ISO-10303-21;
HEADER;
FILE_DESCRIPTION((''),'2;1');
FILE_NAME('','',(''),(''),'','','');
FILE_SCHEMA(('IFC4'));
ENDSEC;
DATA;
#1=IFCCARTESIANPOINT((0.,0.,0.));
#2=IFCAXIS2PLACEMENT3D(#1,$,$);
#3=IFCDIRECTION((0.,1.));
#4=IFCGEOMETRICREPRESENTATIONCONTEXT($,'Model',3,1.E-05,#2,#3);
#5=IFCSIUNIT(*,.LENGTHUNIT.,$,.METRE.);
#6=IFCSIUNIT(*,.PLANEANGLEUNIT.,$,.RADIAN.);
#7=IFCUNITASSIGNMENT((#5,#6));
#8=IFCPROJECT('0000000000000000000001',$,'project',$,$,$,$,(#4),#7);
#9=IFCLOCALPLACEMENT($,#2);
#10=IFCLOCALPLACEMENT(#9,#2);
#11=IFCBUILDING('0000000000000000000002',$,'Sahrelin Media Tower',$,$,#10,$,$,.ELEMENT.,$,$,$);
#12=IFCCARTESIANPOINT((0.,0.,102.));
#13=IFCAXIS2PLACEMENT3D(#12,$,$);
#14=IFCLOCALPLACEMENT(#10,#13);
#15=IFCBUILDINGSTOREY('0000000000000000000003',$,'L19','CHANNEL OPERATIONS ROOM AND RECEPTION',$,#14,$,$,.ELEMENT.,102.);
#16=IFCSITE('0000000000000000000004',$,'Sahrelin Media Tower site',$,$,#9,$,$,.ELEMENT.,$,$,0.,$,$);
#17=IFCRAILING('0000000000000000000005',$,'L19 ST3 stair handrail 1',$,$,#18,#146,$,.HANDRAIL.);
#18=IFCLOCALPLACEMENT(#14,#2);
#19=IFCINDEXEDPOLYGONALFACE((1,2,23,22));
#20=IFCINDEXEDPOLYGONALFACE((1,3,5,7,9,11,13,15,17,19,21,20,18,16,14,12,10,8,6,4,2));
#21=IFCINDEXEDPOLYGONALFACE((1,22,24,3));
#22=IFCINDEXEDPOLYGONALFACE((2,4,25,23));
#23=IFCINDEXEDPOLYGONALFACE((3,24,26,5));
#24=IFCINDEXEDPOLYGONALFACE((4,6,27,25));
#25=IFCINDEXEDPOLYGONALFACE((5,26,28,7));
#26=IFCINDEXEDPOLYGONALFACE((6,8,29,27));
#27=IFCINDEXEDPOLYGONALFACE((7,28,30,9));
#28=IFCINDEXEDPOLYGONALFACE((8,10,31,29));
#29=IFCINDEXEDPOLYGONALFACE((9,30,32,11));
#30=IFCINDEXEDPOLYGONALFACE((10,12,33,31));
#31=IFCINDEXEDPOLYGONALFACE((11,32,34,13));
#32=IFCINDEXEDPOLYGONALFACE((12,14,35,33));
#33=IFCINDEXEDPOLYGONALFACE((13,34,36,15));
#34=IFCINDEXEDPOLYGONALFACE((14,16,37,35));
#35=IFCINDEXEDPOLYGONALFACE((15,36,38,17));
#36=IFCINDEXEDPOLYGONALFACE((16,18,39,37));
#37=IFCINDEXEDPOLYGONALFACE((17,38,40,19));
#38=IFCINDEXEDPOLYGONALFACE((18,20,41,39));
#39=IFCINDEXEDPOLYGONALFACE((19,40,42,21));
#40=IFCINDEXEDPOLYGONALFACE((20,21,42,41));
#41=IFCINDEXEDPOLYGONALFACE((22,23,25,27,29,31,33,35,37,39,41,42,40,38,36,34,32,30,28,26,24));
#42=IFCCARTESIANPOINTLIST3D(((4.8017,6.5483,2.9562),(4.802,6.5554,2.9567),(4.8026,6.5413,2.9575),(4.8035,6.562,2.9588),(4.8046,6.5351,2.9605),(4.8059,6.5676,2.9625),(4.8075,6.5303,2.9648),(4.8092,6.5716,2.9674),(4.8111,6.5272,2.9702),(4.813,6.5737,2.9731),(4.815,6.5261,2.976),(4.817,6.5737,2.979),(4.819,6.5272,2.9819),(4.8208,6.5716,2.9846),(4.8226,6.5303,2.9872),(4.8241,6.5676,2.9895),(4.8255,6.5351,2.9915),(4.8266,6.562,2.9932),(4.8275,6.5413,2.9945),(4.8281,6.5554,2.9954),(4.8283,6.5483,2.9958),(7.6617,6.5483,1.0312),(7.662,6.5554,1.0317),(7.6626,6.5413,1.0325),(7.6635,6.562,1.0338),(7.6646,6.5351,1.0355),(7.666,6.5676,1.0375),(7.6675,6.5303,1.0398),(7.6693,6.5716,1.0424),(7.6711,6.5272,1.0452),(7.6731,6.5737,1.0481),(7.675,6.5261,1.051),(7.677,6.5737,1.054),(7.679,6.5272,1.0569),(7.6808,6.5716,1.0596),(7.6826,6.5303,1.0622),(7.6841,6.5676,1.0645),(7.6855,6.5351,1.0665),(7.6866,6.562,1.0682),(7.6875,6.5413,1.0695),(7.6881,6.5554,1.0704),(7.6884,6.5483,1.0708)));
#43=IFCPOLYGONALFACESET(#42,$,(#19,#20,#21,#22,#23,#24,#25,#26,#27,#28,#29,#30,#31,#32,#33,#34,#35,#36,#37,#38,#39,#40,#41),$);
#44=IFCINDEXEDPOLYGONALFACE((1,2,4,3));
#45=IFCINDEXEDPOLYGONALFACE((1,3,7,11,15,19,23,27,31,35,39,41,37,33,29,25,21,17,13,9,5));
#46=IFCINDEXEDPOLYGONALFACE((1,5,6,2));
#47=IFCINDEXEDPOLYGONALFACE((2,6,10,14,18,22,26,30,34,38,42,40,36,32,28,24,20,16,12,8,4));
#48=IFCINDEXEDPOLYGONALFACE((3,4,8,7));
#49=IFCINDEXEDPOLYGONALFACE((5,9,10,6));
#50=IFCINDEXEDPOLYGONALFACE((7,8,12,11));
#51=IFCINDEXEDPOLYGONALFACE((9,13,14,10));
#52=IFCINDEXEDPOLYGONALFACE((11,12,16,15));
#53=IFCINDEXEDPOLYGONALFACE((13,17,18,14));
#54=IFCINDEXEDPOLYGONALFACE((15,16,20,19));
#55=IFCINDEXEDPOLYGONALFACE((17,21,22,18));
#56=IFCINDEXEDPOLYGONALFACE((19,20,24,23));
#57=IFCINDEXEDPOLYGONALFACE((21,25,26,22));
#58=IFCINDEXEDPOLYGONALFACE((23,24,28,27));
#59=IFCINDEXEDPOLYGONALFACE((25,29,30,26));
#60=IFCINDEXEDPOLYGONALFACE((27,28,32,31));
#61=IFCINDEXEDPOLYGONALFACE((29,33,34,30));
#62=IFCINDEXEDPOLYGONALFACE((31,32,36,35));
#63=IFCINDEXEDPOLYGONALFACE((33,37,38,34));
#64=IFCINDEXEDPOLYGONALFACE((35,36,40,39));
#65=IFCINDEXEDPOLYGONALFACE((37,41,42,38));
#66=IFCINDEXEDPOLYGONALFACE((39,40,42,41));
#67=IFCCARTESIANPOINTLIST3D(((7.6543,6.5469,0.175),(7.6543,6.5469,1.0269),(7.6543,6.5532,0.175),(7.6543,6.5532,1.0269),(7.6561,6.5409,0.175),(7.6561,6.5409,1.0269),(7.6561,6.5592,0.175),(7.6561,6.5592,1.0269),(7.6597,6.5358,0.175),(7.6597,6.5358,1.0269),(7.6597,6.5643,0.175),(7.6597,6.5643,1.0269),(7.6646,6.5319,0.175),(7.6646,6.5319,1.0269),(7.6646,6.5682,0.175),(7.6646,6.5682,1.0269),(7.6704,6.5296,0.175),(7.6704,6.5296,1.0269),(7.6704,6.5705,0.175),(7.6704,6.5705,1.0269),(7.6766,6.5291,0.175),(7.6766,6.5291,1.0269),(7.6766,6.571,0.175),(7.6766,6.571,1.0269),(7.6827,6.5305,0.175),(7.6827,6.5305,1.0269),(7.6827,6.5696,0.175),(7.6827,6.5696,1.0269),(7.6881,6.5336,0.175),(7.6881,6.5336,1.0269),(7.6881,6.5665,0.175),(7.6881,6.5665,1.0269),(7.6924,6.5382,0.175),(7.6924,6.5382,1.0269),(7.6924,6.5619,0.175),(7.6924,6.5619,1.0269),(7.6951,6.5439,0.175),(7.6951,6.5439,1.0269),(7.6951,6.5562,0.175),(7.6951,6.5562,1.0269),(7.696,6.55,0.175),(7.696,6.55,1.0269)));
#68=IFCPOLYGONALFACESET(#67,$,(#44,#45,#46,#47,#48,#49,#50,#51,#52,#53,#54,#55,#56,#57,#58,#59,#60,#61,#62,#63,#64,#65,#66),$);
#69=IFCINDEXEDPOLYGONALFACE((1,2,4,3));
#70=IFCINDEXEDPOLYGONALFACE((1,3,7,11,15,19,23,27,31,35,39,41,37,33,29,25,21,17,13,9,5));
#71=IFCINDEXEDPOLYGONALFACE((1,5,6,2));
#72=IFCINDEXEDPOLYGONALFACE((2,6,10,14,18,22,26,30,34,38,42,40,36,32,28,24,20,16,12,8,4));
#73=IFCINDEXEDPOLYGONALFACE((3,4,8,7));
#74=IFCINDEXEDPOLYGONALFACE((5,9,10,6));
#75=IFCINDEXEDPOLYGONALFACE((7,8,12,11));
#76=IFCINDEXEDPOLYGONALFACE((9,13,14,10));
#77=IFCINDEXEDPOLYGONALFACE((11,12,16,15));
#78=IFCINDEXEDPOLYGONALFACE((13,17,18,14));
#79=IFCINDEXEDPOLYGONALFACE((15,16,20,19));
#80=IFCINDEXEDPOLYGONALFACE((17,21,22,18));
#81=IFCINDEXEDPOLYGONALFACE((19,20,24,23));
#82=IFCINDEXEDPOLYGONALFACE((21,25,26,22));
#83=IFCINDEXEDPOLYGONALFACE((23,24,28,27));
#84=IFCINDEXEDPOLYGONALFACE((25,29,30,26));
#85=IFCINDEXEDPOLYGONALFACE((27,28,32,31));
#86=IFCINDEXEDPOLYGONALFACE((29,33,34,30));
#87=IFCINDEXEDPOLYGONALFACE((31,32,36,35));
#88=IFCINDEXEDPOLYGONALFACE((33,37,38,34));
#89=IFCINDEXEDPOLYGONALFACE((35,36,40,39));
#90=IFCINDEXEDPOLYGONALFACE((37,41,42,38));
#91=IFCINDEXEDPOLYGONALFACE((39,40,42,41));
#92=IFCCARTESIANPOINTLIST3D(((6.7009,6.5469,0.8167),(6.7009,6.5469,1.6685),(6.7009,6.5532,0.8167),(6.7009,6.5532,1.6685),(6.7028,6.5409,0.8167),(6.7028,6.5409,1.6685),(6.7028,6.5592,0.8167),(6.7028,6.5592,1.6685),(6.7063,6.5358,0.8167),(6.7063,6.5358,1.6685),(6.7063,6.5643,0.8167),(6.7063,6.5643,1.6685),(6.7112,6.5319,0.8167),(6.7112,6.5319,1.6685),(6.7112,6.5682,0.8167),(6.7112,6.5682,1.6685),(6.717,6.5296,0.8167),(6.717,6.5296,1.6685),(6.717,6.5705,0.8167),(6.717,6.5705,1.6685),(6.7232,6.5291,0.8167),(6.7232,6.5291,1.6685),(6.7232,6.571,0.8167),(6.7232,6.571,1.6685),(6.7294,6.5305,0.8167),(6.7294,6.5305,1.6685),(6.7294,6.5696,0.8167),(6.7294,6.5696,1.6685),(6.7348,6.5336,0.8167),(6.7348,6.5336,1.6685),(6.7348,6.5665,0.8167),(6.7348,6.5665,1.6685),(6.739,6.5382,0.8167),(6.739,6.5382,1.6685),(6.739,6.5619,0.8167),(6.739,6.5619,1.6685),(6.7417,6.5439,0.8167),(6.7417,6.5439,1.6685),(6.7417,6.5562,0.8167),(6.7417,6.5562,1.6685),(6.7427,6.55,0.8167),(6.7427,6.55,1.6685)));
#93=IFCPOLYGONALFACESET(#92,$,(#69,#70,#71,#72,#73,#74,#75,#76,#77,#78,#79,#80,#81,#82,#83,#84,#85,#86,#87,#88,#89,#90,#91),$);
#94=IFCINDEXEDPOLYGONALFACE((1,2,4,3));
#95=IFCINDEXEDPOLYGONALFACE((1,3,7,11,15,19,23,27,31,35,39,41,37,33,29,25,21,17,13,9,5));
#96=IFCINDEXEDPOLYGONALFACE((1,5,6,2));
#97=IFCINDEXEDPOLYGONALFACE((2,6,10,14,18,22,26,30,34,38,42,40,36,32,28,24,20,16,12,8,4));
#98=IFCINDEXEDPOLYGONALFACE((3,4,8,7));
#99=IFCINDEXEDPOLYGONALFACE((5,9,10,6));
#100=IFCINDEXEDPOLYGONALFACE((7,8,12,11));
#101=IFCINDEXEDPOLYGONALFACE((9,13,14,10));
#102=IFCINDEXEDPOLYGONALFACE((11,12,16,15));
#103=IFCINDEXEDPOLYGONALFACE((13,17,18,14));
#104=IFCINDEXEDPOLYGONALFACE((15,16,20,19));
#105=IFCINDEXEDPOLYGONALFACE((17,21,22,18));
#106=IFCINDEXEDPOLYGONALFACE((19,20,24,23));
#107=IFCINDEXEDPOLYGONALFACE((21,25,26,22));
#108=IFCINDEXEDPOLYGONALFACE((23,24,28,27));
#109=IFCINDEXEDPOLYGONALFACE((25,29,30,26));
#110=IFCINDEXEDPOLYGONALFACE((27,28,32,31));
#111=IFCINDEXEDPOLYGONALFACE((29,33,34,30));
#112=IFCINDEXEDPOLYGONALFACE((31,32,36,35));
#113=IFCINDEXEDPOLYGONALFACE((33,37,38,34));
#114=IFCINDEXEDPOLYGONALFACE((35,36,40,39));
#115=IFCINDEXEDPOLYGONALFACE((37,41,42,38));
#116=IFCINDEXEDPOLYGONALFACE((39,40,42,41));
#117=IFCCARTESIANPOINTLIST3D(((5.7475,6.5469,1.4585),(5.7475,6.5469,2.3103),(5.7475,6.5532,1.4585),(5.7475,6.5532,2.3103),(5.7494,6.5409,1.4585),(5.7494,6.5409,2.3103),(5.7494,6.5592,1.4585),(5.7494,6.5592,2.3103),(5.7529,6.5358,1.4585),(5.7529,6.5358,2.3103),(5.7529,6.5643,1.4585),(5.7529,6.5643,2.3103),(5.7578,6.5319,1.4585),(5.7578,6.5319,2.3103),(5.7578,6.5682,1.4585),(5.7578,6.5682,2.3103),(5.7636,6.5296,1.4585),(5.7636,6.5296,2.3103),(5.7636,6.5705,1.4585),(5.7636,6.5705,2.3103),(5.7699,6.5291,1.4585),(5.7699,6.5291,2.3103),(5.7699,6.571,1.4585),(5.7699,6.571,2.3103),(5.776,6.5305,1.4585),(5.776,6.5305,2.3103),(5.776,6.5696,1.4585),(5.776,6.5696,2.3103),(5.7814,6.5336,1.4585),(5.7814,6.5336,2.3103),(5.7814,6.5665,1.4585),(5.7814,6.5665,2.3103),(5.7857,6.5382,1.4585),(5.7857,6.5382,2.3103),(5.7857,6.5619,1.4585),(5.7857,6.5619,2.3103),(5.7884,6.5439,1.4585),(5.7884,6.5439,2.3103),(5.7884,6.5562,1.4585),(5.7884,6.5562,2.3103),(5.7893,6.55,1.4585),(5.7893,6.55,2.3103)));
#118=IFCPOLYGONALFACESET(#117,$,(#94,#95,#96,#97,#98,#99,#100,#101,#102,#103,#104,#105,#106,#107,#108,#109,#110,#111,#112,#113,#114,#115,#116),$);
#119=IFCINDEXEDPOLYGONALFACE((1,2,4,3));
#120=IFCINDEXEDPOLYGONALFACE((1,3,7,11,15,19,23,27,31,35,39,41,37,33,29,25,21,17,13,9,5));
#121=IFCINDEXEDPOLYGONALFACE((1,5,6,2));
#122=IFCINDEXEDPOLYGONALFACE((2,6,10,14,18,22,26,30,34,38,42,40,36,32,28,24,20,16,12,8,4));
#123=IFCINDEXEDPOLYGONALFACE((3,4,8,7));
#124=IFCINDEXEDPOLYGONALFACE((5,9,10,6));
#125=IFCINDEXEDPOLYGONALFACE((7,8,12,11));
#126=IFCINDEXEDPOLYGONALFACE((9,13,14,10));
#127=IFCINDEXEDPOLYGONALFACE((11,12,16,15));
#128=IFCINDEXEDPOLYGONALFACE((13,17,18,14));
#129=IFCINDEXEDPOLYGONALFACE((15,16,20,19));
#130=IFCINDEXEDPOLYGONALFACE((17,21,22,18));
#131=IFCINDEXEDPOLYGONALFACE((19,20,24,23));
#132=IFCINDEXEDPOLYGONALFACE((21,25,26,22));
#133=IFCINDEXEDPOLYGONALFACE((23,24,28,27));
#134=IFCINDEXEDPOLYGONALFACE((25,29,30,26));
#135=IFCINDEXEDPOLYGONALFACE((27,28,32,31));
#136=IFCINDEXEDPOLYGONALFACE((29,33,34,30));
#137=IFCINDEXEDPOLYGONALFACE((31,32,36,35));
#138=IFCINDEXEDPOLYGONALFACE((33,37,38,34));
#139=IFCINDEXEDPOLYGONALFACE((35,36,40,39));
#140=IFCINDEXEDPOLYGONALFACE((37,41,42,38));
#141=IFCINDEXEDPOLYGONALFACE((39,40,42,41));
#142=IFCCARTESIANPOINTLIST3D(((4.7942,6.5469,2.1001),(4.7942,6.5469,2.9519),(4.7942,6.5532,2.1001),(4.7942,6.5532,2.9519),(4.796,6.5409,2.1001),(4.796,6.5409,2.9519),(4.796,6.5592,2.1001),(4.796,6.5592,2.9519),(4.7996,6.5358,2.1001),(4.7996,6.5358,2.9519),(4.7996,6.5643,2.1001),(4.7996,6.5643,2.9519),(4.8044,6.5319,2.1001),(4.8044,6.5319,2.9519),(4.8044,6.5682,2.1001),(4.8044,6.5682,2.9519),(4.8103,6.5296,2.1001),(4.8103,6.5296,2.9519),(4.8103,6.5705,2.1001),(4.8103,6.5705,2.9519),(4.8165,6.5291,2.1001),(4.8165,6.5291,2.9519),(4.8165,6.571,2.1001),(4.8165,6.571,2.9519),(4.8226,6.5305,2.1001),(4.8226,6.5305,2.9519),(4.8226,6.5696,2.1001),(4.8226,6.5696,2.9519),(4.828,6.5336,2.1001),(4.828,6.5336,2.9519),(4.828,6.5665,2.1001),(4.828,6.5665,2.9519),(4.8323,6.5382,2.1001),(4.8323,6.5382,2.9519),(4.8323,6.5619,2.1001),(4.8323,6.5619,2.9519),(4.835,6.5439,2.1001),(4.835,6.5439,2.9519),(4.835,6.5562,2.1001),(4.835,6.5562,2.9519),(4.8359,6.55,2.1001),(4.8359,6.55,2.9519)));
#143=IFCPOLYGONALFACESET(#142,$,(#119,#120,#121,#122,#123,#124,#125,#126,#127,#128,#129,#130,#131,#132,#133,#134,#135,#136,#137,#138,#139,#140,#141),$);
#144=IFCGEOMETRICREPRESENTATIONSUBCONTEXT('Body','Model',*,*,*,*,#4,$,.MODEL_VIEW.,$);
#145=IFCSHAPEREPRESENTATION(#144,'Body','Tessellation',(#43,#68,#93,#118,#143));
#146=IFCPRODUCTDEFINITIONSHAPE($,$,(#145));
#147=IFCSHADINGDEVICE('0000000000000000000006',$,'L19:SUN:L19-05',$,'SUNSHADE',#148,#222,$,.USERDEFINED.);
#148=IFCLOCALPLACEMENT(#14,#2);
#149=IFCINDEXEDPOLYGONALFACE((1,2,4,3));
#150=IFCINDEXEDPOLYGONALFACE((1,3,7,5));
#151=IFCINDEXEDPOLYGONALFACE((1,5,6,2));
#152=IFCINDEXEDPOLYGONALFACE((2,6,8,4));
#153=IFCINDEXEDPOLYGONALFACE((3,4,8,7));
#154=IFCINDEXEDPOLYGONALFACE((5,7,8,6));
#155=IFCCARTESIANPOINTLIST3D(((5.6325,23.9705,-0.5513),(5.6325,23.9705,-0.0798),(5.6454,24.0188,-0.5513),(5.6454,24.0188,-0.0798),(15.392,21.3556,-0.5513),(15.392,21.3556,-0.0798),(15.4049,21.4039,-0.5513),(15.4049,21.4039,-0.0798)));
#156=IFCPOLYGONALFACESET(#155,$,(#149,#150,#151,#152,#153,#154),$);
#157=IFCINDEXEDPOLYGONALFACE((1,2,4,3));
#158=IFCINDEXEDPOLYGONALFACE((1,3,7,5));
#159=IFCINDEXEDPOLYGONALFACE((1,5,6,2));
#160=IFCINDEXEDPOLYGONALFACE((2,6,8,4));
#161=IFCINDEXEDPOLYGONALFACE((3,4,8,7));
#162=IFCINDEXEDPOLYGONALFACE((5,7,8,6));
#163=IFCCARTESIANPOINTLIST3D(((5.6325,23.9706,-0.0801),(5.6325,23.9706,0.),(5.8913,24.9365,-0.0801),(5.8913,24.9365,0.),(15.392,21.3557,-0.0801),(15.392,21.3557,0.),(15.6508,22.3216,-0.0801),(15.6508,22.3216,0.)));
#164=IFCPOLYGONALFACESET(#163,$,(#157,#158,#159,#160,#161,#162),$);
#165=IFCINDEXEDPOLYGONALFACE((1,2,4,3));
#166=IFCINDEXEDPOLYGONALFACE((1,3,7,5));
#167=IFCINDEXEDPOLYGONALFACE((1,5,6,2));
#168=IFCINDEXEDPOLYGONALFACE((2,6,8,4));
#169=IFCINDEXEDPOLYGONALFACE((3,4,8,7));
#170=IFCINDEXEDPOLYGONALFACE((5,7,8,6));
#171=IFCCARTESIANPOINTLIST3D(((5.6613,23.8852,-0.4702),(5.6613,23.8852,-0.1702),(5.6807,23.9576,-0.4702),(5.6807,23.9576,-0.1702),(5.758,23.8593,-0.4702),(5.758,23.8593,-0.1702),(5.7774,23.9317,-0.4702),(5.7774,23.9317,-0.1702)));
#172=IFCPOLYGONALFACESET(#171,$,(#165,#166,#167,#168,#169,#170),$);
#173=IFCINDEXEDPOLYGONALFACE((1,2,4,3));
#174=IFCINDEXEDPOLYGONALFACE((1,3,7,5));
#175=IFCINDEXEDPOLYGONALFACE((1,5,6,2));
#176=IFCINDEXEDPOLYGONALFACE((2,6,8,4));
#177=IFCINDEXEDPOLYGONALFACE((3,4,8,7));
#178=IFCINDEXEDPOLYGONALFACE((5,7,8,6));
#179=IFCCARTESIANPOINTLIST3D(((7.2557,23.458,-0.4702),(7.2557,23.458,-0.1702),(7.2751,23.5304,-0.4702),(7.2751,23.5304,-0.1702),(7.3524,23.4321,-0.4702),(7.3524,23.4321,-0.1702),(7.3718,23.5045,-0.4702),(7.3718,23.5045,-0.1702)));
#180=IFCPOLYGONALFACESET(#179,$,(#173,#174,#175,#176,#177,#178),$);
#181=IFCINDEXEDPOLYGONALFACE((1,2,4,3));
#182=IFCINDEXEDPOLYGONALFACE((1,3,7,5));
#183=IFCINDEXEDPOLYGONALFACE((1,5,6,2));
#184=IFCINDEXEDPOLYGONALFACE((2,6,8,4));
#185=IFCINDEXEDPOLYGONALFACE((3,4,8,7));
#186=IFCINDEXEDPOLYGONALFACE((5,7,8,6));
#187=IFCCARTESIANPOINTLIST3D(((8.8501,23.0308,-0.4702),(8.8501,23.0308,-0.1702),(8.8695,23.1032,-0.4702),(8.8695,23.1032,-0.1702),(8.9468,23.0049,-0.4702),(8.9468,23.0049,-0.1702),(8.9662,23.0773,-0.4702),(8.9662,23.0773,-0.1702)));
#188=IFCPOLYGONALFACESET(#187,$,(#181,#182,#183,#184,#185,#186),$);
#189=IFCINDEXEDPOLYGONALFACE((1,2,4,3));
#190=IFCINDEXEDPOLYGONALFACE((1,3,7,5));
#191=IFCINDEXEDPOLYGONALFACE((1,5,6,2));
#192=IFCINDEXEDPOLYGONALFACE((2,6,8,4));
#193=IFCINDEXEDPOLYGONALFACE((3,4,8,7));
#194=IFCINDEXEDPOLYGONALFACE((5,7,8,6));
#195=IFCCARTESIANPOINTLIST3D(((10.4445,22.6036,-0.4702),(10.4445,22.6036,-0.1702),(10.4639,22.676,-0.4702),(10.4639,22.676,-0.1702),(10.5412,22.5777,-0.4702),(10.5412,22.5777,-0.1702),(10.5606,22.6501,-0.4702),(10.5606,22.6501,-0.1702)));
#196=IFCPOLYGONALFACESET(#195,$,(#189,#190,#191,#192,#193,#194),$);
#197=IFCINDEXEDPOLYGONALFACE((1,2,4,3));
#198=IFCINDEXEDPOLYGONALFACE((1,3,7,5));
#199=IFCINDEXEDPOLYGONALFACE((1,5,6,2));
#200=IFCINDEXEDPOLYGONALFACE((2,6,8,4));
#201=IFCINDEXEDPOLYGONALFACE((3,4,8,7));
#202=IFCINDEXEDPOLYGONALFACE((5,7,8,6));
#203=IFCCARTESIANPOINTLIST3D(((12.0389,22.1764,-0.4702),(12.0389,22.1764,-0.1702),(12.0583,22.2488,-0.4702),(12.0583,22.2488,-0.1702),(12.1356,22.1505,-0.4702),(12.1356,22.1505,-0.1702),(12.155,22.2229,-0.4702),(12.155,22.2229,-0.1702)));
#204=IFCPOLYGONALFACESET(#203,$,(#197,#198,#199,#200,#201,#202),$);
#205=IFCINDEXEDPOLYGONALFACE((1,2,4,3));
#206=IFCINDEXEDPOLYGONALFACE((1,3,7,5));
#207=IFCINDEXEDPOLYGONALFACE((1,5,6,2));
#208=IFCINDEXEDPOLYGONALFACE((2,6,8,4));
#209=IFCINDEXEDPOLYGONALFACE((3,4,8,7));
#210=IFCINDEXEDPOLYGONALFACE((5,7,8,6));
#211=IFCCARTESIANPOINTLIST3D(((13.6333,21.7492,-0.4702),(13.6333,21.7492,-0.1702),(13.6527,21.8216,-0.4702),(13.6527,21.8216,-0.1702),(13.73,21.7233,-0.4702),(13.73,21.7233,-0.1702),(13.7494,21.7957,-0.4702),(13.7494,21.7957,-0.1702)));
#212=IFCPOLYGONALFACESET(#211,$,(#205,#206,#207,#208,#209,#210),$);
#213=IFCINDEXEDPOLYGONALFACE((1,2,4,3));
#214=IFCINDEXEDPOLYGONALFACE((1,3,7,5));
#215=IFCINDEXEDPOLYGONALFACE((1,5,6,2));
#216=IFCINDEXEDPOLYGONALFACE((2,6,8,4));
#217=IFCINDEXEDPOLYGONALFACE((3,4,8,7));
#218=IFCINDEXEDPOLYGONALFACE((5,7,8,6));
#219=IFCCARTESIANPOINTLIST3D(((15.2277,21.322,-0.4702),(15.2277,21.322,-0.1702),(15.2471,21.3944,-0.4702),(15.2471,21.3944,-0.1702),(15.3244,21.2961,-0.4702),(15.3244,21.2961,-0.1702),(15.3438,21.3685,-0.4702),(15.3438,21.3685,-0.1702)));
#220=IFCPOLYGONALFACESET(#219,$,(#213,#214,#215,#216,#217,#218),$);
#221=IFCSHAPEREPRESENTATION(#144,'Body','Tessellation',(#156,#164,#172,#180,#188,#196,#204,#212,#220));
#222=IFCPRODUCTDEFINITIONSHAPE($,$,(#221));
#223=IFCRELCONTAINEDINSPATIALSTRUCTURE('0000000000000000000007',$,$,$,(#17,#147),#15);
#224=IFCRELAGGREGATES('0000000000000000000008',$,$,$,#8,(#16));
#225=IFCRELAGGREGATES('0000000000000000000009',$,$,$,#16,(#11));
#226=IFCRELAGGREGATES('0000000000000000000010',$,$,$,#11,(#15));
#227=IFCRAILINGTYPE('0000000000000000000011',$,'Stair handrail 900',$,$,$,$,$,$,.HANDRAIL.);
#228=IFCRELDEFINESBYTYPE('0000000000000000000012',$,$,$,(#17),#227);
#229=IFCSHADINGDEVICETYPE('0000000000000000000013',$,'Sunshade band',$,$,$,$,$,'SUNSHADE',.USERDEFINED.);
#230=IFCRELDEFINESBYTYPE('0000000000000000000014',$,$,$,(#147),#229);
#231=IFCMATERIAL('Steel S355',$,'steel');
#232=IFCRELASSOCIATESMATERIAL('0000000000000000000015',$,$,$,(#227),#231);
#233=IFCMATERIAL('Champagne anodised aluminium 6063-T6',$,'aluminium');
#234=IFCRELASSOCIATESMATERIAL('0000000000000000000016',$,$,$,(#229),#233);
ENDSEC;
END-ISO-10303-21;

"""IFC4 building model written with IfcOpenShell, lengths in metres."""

from ifc_helpers import new_model, si_unit, direction, frame, origin, origin_2d, place, context, subcontext, project, spatial, rectangle, circle, extrude, material, type_object, element, save


model = new_model("IFC4")

# Units and contexts
model_context = context("Model", 3, precision=1e-05, world=origin(), true_north=direction((0.0, 1.0)))
body_context = subcontext(model_context, "Body", "Model", "MODEL_VIEW")
ifc_project = project(units=[si_unit("LENGTHUNIT", "METRE"), si_unit("PLANEANGLEUNIT", "RADIAN")], contexts=[model_context])

# Site, building, storey
site_placement = place(None, origin())
site = spatial("IfcSite", under=ifc_project, at=site_placement, Name="Sahrelin Media Tower site", CompositionType="ELEMENT", RefElevation=0.0)
building_placement = place(site_placement, origin())
building = spatial("IfcBuilding", under=site, at=building_placement, Name="Sahrelin Media Tower", CompositionType="ELEMENT")
storey_placement = place(building_placement, frame((0.0, 0.0, 102.0)))
storey = spatial("IfcBuildingStorey", under=building, at=storey_placement, Name="L19", Description="CHANNEL OPERATIONS ROOM AND RECEPTION", CompositionType="ELEMENT", Elevation=102.0)

# Shared definitions
ifc_material_1 = material(Name="Steel S355", Category="steel")

# Shared definitions
ifc_material_2 = material(Name="Champagne anodised aluminium 6063-T6", Category="aluminium")

# Shared definitions
placement = place(storey_placement, frame((10.5071, 22.6438, 0.0), z_axis=(0.0, 0.0, 1.0), x_axis=(0.965929, -0.258808, 0.0)))

# Railing
railing_type_1 = type_object("IfcRailingType", Name="Stair handrail 900", PredefinedType="HANDRAIL", material=ifc_material_1)
railing_1_placement = place(storey_placement, frame((7.675, 6.55, 0.175)))
element("IfcRailing", 1, at=railing_1_placement, inside=storey, type_object=railing_type_1, Name="L19 ST3 stair handrail 1", PredefinedType="HANDRAIL", context=body_context, shape_type="SweptSolid", body=[
    extrude(circle(Radius=0.0239, at=origin_2d()), frame((0.0, 0.0, 0.876), z_axis=(-0.829591, 0.0, 0.558372), x_axis=(0.0, -1.0, 0.0)), (0.0, 0.0, 1.0), 3.4475),
    extrude(circle(Radius=0.021, at=origin_2d()), origin(), (0.0, 0.0, 1.0), 0.8518),
    extrude(circle(Radius=0.021, at=origin_2d()), frame((-0.9534, 0.0, 0.6416)), (0.0, 0.0, 1.0), 0.8518),
    extrude(circle(Radius=0.021, at=origin_2d()), frame((-1.9067, 0.0, 1.2834)), (0.0, 0.0, 1.0), 0.8518),
    extrude(circle(Radius=0.021, at=origin_2d()), frame((-2.8601, 0.0, 1.925)), (0.0, 0.0, 1.0), 0.8518),
])

# Shading device
shading_device_type_1 = type_object("IfcShadingDeviceType", Name="Sunshade band", ElementType="SUNSHADE", PredefinedType="USERDEFINED", material=ifc_material_2)
element("IfcShadingDevice", 2, at=placement, inside=storey, type_object=shading_device_type_1, Name="L19:SUN:L19-05", ObjectType="SUNSHADE", PredefinedType="USERDEFINED", context=body_context, shape_type="SweptSolid", body=[
    extrude(rectangle(XDim=10.1038, YDim=0.05, at=origin_2d()), frame((0.0, 0.0449, -0.5513)), (0.0, 0.0, 1.0), 0.4714),
    extrude(rectangle(XDim=10.1038, YDim=1.0, at=origin_2d()), frame((0.0, 0.52, -0.0801)), (0.0, 0.0, 1.0), 0.0801),
    extrude(rectangle(XDim=0.1001, YDim=0.075, at=origin_2d()), frame((-4.9519, -0.0176, -0.4702)), (0.0, 0.0, 1.0), 0.3),
    extrude(rectangle(XDim=0.1001, YDim=0.075, at=origin_2d()), frame((-3.3013, -0.0176, -0.4702)), (0.0, 0.0, 1.0), 0.3),
    extrude(rectangle(XDim=0.1001, YDim=0.075, at=origin_2d()), frame((-1.6506, -0.0176, -0.4702)), (0.0, 0.0, 1.0), 0.3),
    extrude(rectangle(XDim=0.1001, YDim=0.075, at=origin_2d()), frame((0.0, -0.0176, -0.4702)), (0.0, 0.0, 1.0), 0.3),
    extrude(rectangle(XDim=0.1001, YDim=0.075, at=origin_2d()), frame((1.6506, -0.0176, -0.4702)), (0.0, 0.0, 1.0), 0.3),
    extrude(rectangle(XDim=0.1001, YDim=0.075, at=origin_2d()), frame((3.3013, -0.0176, -0.4702)), (0.0, 0.0, 1.0), 0.3),
    extrude(rectangle(XDim=0.1001, YDim=0.075, at=origin_2d()), frame((4.9519, -0.0176, -0.4702)), (0.0, 0.0, 1.0), 0.3),
])

save(model, "model.ifc")
